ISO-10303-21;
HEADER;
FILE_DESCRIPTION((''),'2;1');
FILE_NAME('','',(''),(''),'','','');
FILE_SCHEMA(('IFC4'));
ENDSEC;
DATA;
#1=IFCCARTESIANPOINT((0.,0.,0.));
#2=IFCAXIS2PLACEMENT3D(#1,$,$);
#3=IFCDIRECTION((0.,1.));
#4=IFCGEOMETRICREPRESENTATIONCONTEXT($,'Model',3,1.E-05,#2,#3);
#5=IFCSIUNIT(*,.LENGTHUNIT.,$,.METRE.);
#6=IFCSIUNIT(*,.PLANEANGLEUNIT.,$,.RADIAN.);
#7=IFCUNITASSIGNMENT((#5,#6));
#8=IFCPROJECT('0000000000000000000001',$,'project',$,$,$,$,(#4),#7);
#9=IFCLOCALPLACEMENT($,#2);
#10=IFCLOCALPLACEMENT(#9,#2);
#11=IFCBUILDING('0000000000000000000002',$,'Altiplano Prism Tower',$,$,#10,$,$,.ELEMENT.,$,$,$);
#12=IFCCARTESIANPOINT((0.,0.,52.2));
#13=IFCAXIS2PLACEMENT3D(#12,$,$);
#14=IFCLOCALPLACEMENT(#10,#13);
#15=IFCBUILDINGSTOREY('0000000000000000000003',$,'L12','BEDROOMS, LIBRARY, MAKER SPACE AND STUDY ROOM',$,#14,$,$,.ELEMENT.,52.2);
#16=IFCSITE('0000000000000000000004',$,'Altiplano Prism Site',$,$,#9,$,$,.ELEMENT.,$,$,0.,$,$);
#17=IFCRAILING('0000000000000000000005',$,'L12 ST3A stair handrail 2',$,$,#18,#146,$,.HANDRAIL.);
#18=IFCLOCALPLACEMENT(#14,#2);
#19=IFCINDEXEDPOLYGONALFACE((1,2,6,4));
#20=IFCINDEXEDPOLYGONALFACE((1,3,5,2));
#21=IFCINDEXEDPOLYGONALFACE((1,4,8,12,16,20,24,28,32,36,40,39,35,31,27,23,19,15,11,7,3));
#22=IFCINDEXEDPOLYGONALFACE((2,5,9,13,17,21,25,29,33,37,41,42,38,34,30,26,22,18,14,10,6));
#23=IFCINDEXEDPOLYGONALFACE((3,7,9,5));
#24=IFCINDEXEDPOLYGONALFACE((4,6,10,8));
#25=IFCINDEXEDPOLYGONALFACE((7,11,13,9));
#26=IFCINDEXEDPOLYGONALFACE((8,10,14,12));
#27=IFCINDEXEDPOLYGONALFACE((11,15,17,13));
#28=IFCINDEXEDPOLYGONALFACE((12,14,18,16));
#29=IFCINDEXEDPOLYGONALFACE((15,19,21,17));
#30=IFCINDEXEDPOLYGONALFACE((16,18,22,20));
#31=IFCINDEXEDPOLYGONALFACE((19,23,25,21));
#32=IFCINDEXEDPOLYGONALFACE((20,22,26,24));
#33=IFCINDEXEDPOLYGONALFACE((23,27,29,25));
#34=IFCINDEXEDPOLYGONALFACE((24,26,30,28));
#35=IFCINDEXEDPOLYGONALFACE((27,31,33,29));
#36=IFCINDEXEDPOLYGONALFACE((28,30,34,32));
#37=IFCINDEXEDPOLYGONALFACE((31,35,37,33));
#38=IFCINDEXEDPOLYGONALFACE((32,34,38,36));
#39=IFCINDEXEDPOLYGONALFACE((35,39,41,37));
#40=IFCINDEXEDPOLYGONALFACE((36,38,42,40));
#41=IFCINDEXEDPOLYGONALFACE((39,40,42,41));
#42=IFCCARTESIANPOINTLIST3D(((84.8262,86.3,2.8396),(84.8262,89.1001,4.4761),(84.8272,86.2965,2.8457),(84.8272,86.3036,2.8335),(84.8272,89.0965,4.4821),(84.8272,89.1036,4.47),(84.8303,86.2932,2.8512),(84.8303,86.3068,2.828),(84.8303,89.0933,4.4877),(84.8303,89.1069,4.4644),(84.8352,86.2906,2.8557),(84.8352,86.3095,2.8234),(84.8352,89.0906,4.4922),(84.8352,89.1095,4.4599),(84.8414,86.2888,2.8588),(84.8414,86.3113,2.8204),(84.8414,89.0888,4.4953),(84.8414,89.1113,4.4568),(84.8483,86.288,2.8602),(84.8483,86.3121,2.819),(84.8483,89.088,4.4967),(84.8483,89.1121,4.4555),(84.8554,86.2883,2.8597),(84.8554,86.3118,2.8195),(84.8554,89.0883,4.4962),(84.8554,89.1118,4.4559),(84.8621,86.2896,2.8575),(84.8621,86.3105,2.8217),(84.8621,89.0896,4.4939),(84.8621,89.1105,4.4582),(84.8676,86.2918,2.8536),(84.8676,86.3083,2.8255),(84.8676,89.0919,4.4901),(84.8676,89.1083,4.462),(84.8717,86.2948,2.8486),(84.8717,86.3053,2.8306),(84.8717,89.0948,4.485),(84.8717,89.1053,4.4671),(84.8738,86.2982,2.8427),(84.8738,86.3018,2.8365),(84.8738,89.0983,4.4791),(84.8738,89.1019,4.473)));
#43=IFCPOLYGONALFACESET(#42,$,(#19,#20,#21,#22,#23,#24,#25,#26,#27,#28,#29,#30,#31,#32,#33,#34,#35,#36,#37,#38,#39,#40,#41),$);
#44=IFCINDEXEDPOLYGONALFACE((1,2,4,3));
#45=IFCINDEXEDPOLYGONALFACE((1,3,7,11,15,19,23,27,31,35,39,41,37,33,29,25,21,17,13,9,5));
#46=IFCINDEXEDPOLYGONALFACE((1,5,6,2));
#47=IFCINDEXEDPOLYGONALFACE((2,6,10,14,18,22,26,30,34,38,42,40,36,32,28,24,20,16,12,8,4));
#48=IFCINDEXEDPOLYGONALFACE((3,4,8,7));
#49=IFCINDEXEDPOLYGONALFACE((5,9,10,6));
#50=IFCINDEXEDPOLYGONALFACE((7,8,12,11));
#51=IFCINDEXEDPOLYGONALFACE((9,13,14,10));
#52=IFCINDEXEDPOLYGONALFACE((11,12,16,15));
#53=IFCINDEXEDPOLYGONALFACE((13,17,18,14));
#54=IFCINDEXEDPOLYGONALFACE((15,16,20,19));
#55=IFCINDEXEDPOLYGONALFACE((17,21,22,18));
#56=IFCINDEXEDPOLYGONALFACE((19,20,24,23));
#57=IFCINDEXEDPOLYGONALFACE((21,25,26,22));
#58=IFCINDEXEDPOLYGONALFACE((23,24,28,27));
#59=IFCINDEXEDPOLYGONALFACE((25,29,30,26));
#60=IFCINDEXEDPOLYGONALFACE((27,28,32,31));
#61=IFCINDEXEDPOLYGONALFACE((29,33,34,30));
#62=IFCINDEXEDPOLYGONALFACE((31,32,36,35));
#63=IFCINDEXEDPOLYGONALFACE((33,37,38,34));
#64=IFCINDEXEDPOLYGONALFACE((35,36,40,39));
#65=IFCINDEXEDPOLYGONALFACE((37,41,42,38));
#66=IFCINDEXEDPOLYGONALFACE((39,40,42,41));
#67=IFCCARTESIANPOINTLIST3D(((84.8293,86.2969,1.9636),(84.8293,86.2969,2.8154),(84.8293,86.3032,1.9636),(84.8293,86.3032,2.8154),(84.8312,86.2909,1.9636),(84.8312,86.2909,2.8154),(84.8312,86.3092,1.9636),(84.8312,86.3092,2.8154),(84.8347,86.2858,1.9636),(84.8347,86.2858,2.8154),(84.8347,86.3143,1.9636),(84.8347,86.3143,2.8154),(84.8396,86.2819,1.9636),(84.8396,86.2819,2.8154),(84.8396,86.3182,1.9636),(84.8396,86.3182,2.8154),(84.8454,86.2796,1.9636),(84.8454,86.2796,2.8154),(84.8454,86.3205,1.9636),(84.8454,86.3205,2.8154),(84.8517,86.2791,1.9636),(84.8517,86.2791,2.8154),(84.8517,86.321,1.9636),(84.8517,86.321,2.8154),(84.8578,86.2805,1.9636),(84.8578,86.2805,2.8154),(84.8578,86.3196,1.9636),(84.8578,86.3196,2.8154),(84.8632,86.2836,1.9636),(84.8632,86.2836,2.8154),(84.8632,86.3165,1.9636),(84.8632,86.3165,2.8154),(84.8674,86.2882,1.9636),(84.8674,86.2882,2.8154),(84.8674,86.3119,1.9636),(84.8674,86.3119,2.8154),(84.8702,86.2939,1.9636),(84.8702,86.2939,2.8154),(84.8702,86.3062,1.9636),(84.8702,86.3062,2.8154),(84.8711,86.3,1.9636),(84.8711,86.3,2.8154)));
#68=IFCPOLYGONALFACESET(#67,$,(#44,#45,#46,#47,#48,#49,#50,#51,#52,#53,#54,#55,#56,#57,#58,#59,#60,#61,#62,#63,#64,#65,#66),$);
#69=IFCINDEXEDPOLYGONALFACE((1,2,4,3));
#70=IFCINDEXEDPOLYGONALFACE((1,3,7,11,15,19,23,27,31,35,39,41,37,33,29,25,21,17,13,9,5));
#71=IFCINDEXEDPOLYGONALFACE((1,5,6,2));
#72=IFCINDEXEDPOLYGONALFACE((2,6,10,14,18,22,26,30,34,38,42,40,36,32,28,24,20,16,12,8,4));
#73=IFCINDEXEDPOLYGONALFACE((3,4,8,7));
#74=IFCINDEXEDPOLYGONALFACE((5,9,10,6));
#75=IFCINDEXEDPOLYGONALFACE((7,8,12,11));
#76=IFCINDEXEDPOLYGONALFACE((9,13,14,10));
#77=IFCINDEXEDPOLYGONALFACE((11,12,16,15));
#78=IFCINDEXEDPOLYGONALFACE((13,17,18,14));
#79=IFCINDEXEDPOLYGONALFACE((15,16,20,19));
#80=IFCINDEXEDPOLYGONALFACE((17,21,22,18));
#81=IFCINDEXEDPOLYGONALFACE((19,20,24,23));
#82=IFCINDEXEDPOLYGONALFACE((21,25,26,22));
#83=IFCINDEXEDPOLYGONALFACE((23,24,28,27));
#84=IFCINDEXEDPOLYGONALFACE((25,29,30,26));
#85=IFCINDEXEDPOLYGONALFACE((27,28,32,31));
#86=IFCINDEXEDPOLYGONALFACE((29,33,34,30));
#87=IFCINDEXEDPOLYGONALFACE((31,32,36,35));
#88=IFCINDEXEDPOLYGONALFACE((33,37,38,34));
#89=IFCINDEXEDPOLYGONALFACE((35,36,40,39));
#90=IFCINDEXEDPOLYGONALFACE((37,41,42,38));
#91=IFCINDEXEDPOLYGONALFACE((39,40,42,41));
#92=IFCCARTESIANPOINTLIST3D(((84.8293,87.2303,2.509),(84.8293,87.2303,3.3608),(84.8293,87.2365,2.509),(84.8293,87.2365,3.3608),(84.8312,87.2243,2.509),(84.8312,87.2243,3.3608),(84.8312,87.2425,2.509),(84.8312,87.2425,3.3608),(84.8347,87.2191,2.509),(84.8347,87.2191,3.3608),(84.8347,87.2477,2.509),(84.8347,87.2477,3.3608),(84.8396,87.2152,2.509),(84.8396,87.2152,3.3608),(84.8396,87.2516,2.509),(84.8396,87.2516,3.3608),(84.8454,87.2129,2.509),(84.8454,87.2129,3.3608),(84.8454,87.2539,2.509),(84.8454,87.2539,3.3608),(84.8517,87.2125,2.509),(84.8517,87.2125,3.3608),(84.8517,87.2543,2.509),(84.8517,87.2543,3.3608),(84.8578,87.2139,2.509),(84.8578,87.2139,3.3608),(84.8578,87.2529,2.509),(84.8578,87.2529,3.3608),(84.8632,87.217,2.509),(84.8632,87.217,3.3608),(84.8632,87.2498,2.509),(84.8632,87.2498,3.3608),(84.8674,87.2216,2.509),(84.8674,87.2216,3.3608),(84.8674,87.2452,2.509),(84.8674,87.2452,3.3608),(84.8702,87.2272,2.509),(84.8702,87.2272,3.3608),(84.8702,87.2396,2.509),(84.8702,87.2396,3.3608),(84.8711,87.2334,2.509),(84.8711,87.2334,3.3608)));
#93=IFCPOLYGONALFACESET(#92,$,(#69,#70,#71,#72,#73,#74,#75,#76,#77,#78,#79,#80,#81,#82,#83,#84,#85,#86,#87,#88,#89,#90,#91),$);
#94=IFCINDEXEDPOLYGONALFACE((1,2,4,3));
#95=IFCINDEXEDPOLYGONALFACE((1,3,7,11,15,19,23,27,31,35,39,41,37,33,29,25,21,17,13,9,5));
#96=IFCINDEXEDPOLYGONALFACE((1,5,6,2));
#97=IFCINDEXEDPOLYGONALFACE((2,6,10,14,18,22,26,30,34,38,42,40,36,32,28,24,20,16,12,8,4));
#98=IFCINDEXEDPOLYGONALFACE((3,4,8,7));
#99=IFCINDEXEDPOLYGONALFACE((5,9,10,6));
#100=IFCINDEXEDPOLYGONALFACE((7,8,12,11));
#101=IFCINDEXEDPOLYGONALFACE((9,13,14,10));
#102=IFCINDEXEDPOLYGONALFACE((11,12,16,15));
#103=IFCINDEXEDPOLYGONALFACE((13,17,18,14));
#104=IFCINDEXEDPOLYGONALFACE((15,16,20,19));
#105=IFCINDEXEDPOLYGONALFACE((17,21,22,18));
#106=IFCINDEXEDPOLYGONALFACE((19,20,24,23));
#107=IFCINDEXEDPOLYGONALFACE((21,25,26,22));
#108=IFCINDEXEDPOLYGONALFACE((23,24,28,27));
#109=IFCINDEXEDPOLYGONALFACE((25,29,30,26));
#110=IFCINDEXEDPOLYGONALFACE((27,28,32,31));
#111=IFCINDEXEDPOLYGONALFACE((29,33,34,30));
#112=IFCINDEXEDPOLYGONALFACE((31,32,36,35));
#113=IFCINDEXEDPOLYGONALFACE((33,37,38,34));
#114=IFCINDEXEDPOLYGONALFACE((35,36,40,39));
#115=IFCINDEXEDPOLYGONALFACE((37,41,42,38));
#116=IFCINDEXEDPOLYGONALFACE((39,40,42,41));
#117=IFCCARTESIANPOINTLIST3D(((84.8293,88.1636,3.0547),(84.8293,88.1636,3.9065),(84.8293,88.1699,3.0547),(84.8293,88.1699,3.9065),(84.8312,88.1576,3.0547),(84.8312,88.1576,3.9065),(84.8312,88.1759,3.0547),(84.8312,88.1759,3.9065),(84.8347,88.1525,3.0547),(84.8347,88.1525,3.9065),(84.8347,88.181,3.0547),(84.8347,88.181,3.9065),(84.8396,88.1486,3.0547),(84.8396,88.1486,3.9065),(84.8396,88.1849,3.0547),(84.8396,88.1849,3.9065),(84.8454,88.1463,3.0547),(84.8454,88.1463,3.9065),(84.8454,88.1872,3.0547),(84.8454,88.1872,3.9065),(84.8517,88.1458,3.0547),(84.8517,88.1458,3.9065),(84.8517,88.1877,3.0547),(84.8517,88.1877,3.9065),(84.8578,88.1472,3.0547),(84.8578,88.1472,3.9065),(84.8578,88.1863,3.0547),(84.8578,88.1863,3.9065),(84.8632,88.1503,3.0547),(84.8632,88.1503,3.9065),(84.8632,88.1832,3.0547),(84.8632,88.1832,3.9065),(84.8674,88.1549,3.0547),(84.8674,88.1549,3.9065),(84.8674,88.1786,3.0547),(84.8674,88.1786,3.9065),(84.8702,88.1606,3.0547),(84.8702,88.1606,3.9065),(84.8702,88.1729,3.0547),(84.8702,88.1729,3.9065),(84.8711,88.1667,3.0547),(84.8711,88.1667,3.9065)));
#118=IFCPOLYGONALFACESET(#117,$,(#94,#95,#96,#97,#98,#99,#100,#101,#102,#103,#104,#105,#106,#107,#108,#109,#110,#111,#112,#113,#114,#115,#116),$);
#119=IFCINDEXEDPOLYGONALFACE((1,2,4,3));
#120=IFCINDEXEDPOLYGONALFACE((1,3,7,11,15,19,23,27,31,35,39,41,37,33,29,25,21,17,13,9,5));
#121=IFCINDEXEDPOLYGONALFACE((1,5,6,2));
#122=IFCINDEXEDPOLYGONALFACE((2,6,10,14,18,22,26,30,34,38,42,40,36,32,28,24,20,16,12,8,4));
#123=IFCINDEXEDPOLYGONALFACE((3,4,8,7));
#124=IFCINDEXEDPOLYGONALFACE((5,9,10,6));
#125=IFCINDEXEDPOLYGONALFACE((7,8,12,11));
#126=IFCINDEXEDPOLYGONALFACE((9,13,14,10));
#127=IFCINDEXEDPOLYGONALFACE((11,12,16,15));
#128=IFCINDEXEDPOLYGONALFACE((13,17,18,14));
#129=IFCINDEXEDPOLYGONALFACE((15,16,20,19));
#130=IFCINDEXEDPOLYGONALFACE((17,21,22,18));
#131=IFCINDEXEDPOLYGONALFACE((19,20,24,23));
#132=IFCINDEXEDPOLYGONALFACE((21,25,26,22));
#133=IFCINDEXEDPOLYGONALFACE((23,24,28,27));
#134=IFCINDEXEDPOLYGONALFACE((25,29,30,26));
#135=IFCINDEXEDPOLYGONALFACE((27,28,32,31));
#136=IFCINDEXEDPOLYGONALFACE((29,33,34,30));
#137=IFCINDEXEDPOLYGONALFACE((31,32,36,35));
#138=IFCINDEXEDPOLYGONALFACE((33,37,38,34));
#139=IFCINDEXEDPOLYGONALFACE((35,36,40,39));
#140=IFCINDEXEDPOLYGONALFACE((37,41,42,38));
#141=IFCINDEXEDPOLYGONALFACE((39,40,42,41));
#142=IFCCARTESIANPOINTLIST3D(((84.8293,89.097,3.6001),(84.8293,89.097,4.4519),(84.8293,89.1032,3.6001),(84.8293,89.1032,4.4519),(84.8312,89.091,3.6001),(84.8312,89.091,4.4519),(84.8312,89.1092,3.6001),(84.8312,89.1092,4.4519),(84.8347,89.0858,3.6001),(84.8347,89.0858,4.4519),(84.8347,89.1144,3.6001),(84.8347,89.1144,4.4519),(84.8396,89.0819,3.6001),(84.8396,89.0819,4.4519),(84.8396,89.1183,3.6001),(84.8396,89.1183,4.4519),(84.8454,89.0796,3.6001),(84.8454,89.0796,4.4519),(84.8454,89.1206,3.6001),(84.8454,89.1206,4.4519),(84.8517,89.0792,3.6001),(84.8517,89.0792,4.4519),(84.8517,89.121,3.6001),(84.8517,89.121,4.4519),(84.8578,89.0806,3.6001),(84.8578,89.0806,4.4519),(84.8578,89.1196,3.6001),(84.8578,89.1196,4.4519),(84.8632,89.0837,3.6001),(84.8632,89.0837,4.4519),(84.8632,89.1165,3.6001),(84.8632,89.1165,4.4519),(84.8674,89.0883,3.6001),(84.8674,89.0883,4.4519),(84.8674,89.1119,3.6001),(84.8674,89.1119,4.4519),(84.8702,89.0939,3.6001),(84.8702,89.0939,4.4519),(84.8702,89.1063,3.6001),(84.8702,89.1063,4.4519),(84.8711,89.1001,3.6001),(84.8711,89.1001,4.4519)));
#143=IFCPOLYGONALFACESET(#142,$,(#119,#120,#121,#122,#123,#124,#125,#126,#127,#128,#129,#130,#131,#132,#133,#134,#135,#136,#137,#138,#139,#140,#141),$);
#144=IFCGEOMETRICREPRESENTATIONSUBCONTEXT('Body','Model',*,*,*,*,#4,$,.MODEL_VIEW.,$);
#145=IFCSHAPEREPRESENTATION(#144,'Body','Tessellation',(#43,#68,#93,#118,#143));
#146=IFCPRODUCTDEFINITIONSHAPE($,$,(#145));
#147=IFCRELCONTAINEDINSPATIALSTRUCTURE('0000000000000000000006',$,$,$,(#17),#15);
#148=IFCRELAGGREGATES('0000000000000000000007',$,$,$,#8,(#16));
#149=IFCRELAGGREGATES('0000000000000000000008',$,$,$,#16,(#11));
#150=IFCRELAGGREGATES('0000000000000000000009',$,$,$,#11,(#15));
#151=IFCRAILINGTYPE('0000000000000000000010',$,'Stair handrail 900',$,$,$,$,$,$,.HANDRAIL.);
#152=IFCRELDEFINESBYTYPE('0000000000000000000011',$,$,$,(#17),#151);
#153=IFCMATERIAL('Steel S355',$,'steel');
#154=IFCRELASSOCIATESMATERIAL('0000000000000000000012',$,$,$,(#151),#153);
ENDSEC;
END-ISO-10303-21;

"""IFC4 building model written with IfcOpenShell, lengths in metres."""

from ifc_helpers import new_model, si_unit, direction, frame, origin, origin_2d, place, context, subcontext, project, spatial, circle, extrude, material, type_object, element, save


model = new_model("IFC4")

# Units and contexts
model_context = context("Model", 3, precision=1e-05, world=origin(), true_north=direction((0.0, 1.0)))
body_context = subcontext(model_context, "Body", "Model", "MODEL_VIEW")
ifc_project = project(units=[si_unit("LENGTHUNIT", "METRE"), si_unit("PLANEANGLEUNIT", "RADIAN")], contexts=[model_context])

# Site, building, storey
site_placement = place(None, origin())
site = spatial("IfcSite", under=ifc_project, at=site_placement, Name="Altiplano Prism Site", CompositionType="ELEMENT", RefElevation=0.0)
building_placement = place(site_placement, origin())
building = spatial("IfcBuilding", under=site, at=building_placement, Name="Altiplano Prism Tower", CompositionType="ELEMENT")
storey_placement = place(building_placement, frame((0.0, 0.0, 52.2)))
storey = spatial("IfcBuildingStorey", under=building, at=storey_placement, Name="L12", Description="BEDROOMS, LIBRARY, MAKER SPACE AND STUDY ROOM", CompositionType="ELEMENT", Elevation=52.2)

# Railing
ifc_material_1 = material(Name="Steel S355", Category="steel")
railing_type_1 = type_object("IfcRailingType", Name="Stair handrail 900", PredefinedType="HANDRAIL", material=ifc_material_1)
railing_1_placement = place(storey_placement, frame((84.8501, 86.3, 1.9636)))
element("IfcRailing", 1, at=railing_1_placement, inside=storey, type_object=railing_type_1, Name="L12 ST3A stair handrail 2", PredefinedType="HANDRAIL", context=body_context, shape_type="SweptSolid", body=[
    extrude(circle(Radius=0.0239, at=origin_2d()), frame((0.0, 0.0, 0.876), z_axis=(0.0, 0.863361, 0.504587), x_axis=(-1.0, 0.0, 0.0)), (0.0, 0.0, 1.0), 3.2432),
    extrude(circle(Radius=0.021, at=origin_2d()), origin(), (0.0, 0.0, 1.0), 0.8518),
    extrude(circle(Radius=0.021, at=origin_2d()), frame((0.0, 0.9333, 0.5454)), (0.0, 0.0, 1.0), 0.8518),
    extrude(circle(Radius=0.021, at=origin_2d()), frame((0.0, 1.8667, 1.0911)), (0.0, 0.0, 1.0), 0.8518),
    extrude(circle(Radius=0.021, at=origin_2d()), frame((0.0, 2.8, 1.6365)), (0.0, 0.0, 1.0), 0.8518),
])

save(model, "model.ifc")
